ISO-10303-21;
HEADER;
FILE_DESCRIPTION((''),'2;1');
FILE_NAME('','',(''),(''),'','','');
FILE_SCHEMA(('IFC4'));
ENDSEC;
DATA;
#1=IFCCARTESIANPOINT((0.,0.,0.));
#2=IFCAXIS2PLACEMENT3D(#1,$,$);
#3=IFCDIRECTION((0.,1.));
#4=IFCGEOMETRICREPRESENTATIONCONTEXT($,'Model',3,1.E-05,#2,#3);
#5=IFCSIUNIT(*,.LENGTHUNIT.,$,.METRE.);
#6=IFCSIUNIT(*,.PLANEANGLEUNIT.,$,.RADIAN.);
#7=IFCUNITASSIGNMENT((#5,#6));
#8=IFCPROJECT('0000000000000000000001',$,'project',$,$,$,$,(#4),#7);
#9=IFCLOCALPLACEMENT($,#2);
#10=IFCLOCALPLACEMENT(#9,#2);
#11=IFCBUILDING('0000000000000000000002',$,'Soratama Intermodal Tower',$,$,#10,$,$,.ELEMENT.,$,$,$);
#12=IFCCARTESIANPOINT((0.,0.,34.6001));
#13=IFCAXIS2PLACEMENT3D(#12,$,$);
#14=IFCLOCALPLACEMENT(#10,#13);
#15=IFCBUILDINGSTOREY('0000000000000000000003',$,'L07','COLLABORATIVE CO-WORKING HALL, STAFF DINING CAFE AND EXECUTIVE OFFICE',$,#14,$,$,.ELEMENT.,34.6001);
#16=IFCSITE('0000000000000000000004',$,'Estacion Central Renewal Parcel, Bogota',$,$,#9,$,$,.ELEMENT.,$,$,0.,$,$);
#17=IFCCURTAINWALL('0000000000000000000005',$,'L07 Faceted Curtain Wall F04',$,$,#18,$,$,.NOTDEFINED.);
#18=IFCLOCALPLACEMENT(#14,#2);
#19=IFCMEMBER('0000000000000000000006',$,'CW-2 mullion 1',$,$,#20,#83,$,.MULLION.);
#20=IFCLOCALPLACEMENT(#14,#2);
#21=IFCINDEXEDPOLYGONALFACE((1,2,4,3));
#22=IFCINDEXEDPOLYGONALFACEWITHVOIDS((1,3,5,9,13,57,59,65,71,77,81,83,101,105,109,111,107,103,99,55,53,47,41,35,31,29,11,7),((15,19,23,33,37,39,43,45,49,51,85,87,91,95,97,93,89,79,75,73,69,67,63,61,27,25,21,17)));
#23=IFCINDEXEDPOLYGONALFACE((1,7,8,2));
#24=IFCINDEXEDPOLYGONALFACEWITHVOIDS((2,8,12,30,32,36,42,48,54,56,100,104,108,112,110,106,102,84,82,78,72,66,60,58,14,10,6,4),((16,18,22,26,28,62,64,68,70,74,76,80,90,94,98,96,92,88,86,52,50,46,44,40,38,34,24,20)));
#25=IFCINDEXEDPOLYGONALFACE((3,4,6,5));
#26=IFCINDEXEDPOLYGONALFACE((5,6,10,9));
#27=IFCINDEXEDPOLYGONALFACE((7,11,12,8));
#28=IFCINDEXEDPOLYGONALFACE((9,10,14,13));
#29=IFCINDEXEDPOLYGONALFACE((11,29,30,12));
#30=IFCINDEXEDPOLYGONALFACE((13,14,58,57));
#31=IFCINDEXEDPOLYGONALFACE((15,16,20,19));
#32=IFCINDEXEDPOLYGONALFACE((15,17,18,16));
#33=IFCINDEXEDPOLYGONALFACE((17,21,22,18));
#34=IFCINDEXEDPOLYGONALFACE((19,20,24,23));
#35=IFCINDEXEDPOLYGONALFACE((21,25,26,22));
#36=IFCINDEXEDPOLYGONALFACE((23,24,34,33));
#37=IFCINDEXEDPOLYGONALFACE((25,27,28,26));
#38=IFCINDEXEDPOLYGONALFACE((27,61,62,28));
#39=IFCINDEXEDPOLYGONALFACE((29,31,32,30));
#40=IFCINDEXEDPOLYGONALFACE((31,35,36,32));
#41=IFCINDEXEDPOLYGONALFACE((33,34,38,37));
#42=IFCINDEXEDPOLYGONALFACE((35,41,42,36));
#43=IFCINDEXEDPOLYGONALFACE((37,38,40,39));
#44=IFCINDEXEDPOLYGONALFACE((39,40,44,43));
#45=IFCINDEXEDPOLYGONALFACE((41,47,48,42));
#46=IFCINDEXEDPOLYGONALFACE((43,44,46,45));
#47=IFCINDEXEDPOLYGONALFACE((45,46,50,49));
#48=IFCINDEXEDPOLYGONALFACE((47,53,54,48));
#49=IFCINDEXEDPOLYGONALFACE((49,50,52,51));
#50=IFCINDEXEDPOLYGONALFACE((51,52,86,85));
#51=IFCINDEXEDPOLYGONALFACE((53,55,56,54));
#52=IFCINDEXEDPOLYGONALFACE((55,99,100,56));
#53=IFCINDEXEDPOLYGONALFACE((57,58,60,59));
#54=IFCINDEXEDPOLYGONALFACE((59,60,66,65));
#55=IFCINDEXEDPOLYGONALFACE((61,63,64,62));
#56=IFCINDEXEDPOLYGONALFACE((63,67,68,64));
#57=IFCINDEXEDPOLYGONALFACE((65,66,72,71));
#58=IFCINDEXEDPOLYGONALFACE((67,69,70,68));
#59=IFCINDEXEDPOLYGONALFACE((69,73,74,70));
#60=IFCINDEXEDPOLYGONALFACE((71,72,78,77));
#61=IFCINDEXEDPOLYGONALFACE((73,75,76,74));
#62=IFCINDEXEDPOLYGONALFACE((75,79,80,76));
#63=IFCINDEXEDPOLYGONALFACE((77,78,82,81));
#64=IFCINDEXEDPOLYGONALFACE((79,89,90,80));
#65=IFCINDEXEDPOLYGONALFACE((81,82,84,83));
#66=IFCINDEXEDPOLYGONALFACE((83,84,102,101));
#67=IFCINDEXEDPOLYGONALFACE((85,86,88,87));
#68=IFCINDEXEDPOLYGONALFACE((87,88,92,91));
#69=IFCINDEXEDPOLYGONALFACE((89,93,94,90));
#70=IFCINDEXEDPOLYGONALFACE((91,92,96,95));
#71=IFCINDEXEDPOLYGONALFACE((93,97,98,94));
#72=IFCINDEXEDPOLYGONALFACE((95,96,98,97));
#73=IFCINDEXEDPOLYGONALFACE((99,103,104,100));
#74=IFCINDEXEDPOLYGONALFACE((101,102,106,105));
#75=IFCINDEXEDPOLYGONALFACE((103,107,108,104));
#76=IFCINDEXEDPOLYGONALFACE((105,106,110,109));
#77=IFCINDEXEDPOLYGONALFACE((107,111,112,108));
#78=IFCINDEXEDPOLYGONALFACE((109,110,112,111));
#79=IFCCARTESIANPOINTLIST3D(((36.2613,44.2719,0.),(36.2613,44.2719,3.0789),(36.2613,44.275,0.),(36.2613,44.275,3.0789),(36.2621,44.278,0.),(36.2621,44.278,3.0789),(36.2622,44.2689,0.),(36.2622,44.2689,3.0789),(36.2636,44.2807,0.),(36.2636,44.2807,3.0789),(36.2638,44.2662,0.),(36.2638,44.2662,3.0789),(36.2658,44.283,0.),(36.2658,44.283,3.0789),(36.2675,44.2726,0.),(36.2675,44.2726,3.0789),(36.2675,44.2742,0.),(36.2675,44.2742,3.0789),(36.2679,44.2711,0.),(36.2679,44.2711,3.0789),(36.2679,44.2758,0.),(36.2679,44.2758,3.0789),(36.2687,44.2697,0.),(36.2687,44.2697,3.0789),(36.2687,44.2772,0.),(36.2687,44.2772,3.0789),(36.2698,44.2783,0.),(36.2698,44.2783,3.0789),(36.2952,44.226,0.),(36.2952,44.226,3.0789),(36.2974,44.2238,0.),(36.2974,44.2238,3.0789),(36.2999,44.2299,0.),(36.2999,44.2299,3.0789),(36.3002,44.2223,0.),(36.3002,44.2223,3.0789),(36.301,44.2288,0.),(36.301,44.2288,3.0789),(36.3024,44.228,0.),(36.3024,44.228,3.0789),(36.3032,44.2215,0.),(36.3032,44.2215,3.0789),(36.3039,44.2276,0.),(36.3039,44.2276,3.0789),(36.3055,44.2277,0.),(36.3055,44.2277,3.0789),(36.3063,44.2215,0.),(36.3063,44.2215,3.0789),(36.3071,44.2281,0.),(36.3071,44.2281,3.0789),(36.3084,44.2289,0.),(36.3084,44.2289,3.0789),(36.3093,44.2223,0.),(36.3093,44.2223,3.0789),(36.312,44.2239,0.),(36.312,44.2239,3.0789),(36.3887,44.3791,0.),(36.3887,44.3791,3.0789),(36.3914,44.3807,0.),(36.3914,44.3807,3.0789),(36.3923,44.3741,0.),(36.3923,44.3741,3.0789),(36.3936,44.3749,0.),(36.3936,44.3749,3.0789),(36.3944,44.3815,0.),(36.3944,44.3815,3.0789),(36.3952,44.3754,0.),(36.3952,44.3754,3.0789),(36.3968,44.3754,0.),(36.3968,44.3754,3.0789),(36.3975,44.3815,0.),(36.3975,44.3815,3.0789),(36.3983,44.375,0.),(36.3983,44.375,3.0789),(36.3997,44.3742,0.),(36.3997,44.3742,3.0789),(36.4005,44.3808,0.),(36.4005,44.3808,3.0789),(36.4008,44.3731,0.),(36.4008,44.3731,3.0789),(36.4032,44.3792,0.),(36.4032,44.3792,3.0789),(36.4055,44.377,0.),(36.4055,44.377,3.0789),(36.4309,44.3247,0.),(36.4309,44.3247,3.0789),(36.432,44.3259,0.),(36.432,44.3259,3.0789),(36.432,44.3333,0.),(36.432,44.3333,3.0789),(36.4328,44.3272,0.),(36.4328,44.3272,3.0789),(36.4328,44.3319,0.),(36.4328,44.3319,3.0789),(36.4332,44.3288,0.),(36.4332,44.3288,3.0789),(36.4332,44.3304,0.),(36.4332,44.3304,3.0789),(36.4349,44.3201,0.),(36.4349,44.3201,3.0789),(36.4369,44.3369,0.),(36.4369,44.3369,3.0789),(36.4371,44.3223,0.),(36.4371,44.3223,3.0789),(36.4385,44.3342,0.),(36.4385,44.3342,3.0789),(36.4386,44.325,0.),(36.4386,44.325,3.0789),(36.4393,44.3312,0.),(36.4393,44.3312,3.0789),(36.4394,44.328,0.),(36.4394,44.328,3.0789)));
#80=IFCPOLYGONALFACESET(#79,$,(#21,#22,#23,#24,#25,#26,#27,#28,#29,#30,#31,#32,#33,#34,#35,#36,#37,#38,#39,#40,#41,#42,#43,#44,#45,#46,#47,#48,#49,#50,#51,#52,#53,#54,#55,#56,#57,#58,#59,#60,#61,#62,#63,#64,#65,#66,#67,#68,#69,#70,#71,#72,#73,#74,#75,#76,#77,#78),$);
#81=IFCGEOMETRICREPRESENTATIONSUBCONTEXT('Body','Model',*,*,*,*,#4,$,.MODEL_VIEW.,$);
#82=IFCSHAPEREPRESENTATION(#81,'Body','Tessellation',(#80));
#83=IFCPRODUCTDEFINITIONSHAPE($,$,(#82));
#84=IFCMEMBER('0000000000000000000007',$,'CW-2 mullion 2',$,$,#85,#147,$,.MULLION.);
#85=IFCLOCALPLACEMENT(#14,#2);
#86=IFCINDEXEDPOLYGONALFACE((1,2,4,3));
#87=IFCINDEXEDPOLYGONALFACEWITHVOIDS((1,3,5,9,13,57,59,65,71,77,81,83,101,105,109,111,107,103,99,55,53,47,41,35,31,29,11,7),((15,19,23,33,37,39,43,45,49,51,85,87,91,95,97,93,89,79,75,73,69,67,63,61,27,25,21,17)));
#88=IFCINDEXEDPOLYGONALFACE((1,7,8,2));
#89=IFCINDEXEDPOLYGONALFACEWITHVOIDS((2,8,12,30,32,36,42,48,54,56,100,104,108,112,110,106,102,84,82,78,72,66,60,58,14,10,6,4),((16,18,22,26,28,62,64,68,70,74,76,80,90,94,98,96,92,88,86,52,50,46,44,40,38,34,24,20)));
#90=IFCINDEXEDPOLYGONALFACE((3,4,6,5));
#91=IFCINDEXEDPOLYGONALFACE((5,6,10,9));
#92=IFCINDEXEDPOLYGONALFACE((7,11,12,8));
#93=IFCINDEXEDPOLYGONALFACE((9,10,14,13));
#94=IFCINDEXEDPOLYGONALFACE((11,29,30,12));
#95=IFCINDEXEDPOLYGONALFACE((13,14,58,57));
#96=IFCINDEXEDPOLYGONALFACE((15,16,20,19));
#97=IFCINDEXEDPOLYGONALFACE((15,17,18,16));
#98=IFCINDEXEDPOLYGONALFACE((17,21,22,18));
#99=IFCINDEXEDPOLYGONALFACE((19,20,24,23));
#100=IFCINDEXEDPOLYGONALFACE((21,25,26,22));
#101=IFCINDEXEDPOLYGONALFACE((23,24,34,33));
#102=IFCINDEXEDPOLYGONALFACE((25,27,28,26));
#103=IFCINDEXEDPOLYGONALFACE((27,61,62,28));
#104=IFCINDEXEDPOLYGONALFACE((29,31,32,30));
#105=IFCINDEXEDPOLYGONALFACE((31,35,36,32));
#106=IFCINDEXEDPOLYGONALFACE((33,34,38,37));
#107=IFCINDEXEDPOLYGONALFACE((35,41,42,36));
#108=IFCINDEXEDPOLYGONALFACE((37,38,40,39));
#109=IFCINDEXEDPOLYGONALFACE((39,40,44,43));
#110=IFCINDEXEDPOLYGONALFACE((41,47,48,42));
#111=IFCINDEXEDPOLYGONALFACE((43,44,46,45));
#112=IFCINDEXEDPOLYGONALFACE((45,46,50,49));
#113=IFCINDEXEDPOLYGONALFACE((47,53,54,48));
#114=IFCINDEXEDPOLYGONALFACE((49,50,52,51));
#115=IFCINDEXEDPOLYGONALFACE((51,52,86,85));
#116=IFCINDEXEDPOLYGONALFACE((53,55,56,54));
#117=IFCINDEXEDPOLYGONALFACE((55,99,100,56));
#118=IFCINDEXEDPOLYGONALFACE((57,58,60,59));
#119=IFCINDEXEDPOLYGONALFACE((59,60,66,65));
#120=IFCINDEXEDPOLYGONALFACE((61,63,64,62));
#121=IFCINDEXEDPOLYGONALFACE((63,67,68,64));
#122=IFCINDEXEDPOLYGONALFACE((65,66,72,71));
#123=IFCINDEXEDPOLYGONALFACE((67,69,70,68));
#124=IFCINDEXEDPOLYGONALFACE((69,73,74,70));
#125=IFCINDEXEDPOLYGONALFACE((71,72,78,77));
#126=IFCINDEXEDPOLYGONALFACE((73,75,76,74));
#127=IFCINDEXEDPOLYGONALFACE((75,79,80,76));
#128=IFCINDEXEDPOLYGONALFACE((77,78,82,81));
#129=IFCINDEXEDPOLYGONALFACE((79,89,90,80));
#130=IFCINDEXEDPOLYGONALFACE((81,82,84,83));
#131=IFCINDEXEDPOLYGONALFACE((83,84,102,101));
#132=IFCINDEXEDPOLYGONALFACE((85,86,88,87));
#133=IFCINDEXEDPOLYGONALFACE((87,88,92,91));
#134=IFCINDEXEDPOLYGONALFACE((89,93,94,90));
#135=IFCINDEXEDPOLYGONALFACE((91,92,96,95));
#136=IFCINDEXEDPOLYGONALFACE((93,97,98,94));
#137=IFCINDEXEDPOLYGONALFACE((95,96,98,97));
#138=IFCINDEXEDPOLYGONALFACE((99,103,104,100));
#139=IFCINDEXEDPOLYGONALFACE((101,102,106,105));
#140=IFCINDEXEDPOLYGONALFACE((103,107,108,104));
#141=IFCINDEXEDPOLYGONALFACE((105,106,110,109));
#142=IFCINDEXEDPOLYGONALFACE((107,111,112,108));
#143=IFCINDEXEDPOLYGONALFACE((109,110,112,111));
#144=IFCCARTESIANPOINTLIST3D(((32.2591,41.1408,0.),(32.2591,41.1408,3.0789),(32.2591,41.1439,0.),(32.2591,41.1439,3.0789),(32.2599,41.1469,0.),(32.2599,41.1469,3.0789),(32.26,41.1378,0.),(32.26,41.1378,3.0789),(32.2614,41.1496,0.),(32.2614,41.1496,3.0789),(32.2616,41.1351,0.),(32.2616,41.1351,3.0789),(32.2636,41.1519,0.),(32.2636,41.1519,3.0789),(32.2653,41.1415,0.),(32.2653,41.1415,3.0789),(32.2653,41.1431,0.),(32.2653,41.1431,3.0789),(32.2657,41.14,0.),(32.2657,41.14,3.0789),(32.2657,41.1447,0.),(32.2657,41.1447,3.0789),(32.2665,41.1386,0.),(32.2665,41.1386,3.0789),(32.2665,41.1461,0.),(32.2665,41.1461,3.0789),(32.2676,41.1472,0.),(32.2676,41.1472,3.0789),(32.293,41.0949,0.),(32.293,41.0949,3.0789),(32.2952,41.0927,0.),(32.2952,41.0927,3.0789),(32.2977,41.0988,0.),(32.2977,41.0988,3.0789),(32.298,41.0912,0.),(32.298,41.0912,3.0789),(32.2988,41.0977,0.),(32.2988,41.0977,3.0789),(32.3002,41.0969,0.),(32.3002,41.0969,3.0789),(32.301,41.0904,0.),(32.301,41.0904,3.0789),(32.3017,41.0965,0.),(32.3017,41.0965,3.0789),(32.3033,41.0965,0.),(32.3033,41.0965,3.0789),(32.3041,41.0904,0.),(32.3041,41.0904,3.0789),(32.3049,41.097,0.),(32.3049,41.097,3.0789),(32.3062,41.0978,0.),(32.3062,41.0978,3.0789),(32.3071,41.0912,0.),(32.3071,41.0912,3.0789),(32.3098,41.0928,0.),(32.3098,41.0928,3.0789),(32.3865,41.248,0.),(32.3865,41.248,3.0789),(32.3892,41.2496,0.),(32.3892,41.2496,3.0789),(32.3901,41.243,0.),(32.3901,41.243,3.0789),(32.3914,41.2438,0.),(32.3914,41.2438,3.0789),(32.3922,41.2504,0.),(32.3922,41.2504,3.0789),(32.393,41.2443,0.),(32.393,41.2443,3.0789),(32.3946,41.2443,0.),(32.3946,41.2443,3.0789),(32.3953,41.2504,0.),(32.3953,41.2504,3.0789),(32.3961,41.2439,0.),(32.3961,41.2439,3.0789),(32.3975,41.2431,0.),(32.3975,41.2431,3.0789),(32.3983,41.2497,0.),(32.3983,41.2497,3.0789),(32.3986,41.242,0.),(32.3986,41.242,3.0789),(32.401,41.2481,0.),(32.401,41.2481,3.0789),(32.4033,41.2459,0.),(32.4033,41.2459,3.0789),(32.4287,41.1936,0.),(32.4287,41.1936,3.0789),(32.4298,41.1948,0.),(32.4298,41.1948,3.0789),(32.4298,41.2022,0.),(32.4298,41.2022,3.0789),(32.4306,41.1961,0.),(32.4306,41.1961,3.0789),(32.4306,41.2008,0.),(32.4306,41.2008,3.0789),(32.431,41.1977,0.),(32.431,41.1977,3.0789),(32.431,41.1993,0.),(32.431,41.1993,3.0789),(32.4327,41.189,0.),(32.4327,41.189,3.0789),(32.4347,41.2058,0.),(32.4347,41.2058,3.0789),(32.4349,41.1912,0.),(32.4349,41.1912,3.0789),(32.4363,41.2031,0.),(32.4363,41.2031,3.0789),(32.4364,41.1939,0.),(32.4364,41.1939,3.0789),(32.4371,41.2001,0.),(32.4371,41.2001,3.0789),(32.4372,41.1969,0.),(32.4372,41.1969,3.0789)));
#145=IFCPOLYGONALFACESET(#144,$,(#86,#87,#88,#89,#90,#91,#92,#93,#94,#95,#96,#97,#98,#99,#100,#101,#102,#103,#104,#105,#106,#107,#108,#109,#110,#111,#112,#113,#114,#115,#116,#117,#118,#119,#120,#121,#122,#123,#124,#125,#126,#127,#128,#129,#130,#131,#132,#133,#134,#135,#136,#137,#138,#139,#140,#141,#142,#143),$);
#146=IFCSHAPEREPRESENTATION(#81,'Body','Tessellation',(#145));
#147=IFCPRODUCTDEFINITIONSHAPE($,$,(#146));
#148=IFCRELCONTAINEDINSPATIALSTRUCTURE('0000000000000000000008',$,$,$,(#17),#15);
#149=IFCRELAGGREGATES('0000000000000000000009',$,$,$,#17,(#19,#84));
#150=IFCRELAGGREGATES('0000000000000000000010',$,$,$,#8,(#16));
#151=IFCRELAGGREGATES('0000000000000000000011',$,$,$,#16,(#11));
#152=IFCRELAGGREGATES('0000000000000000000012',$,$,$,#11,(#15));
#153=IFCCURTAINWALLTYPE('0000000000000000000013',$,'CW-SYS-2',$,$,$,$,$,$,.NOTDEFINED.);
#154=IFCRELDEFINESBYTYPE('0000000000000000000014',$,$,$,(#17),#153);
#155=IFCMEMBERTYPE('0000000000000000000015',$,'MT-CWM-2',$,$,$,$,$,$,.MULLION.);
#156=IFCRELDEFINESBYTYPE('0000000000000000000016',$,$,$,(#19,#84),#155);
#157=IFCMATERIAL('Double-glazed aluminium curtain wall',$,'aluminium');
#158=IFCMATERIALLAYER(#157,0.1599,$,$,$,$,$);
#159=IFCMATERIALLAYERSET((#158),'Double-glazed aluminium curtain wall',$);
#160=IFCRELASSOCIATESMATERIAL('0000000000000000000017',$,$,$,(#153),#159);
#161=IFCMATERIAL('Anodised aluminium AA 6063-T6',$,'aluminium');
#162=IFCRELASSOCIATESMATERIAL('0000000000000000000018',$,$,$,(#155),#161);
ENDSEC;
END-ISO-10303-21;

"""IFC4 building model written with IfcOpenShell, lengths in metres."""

from ifc_helpers import new_model, si_unit, direction, frame, origin, origin_2d, place, context, subcontext, project, spatial, hollow_rectangle, extrude, material, layer, layer_set, material_profile, profile_set, type_object, element, aggregate, save


model = new_model("IFC4")

# Units and contexts
model_context = context("Model", 3, precision=1e-05, world=origin(), true_north=direction((0.0, 1.0)))
body_context = subcontext(model_context, "Body", "Model", "MODEL_VIEW")
ifc_project = project(units=[si_unit("LENGTHUNIT", "METRE"), si_unit("PLANEANGLEUNIT", "RADIAN")], contexts=[model_context])

# Site, building, storey
site_placement = place(None, origin())
site = spatial("IfcSite", under=ifc_project, at=site_placement, Name="Estacion Central Renewal Parcel, Bogota", CompositionType="ELEMENT", RefElevation=0.0)
building_placement = place(site_placement, origin())
building = spatial("IfcBuilding", under=site, at=building_placement, Name="Soratama Intermodal Tower", CompositionType="ELEMENT")
storey_placement = place(building_placement, frame((0.0, 0.0, 34.6001)))
storey = spatial("IfcBuildingStorey", under=building, at=storey_placement, Name="L07", Description="COLLABORATIVE CO-WORKING HALL, STAFF DINING CAFE AND EXECUTIVE OFFICE", CompositionType="ELEMENT", Elevation=34.6001)

# Curtain wall, members
ifc_material_1 = material(Name="Double-glazed aluminium curtain wall", Category="aluminium")
ifc_layer_1 = layer(ifc_material_1, 0.1599)
ifc_layer_set_1 = layer_set([ifc_layer_1], Name="Double-glazed aluminium curtain wall")
curtain_wall_type = type_object("IfcCurtainWallType", Name="CW-SYS-2", PredefinedType="NOTDEFINED", material=ifc_layer_set_1)
curtain_wall_placement = place(storey_placement, origin())
curtain_wall = element("IfcCurtainWall", 1, at=curtain_wall_placement, inside=storey, type_object=curtain_wall_type, Name="L07 Faceted Curtain Wall F04", PredefinedType="NOTDEFINED")
ifc_material_2 = material(Name="Anodised aluminium AA 6063-T6", Category="aluminium")
ifc_material_profile_1 = material_profile(ifc_material_2, hollow_rectangle(XDim=0.075, YDim=0.1799, WallThickness=0.0061, InnerFilletRadius=0.0061, OuterFilletRadius=0.012, at=origin_2d()), Name="CWM180X75X6")
ifc_profile_set_1 = profile_set([ifc_material_profile_1], Name="Anodised aluminium AA 6063-T6")
member_type_1 = type_object("IfcMemberType", Name="MT-CWM-2", PredefinedType="MULLION", material=ifc_profile_set_1)
member_1_placement = place(storey_placement, frame((36.3503, 44.3015, 0.0), z_axis=(0.0, 0.0, 1.0), x_axis=(0.616218, -0.787576, 0.0)))
member_1 = element("IfcMember", 2, at=member_1_placement, type_object=member_type_1, Name="CW-2 mullion 1", PredefinedType="MULLION", context=body_context, shape_type="SweptSolid", body=[
    extrude(hollow_rectangle(XDim=0.075, YDim=0.1799, WallThickness=0.0061, InnerFilletRadius=0.0061, OuterFilletRadius=0.012, at=origin_2d()), origin(), (0.0, 0.0, 1.0), 3.0789),
])
member_2_placement = place(storey_placement, frame((32.3481, 41.1704, 0.0), z_axis=(0.0, 0.0, 1.0), x_axis=(0.616218, -0.787576, 0.0)))
member_2 = element("IfcMember", 3, at=member_2_placement, type_object=member_type_1, Name="CW-2 mullion 2", PredefinedType="MULLION", context=body_context, shape_type="SweptSolid", body=[
    extrude(hollow_rectangle(XDim=0.075, YDim=0.1799, WallThickness=0.0061, InnerFilletRadius=0.0061, OuterFilletRadius=0.012, at=origin_2d()), origin(), (0.0, 0.0, 1.0), 3.0789),
])
aggregate(curtain_wall, [member_1, member_2])

save(model, "model.ifc")
